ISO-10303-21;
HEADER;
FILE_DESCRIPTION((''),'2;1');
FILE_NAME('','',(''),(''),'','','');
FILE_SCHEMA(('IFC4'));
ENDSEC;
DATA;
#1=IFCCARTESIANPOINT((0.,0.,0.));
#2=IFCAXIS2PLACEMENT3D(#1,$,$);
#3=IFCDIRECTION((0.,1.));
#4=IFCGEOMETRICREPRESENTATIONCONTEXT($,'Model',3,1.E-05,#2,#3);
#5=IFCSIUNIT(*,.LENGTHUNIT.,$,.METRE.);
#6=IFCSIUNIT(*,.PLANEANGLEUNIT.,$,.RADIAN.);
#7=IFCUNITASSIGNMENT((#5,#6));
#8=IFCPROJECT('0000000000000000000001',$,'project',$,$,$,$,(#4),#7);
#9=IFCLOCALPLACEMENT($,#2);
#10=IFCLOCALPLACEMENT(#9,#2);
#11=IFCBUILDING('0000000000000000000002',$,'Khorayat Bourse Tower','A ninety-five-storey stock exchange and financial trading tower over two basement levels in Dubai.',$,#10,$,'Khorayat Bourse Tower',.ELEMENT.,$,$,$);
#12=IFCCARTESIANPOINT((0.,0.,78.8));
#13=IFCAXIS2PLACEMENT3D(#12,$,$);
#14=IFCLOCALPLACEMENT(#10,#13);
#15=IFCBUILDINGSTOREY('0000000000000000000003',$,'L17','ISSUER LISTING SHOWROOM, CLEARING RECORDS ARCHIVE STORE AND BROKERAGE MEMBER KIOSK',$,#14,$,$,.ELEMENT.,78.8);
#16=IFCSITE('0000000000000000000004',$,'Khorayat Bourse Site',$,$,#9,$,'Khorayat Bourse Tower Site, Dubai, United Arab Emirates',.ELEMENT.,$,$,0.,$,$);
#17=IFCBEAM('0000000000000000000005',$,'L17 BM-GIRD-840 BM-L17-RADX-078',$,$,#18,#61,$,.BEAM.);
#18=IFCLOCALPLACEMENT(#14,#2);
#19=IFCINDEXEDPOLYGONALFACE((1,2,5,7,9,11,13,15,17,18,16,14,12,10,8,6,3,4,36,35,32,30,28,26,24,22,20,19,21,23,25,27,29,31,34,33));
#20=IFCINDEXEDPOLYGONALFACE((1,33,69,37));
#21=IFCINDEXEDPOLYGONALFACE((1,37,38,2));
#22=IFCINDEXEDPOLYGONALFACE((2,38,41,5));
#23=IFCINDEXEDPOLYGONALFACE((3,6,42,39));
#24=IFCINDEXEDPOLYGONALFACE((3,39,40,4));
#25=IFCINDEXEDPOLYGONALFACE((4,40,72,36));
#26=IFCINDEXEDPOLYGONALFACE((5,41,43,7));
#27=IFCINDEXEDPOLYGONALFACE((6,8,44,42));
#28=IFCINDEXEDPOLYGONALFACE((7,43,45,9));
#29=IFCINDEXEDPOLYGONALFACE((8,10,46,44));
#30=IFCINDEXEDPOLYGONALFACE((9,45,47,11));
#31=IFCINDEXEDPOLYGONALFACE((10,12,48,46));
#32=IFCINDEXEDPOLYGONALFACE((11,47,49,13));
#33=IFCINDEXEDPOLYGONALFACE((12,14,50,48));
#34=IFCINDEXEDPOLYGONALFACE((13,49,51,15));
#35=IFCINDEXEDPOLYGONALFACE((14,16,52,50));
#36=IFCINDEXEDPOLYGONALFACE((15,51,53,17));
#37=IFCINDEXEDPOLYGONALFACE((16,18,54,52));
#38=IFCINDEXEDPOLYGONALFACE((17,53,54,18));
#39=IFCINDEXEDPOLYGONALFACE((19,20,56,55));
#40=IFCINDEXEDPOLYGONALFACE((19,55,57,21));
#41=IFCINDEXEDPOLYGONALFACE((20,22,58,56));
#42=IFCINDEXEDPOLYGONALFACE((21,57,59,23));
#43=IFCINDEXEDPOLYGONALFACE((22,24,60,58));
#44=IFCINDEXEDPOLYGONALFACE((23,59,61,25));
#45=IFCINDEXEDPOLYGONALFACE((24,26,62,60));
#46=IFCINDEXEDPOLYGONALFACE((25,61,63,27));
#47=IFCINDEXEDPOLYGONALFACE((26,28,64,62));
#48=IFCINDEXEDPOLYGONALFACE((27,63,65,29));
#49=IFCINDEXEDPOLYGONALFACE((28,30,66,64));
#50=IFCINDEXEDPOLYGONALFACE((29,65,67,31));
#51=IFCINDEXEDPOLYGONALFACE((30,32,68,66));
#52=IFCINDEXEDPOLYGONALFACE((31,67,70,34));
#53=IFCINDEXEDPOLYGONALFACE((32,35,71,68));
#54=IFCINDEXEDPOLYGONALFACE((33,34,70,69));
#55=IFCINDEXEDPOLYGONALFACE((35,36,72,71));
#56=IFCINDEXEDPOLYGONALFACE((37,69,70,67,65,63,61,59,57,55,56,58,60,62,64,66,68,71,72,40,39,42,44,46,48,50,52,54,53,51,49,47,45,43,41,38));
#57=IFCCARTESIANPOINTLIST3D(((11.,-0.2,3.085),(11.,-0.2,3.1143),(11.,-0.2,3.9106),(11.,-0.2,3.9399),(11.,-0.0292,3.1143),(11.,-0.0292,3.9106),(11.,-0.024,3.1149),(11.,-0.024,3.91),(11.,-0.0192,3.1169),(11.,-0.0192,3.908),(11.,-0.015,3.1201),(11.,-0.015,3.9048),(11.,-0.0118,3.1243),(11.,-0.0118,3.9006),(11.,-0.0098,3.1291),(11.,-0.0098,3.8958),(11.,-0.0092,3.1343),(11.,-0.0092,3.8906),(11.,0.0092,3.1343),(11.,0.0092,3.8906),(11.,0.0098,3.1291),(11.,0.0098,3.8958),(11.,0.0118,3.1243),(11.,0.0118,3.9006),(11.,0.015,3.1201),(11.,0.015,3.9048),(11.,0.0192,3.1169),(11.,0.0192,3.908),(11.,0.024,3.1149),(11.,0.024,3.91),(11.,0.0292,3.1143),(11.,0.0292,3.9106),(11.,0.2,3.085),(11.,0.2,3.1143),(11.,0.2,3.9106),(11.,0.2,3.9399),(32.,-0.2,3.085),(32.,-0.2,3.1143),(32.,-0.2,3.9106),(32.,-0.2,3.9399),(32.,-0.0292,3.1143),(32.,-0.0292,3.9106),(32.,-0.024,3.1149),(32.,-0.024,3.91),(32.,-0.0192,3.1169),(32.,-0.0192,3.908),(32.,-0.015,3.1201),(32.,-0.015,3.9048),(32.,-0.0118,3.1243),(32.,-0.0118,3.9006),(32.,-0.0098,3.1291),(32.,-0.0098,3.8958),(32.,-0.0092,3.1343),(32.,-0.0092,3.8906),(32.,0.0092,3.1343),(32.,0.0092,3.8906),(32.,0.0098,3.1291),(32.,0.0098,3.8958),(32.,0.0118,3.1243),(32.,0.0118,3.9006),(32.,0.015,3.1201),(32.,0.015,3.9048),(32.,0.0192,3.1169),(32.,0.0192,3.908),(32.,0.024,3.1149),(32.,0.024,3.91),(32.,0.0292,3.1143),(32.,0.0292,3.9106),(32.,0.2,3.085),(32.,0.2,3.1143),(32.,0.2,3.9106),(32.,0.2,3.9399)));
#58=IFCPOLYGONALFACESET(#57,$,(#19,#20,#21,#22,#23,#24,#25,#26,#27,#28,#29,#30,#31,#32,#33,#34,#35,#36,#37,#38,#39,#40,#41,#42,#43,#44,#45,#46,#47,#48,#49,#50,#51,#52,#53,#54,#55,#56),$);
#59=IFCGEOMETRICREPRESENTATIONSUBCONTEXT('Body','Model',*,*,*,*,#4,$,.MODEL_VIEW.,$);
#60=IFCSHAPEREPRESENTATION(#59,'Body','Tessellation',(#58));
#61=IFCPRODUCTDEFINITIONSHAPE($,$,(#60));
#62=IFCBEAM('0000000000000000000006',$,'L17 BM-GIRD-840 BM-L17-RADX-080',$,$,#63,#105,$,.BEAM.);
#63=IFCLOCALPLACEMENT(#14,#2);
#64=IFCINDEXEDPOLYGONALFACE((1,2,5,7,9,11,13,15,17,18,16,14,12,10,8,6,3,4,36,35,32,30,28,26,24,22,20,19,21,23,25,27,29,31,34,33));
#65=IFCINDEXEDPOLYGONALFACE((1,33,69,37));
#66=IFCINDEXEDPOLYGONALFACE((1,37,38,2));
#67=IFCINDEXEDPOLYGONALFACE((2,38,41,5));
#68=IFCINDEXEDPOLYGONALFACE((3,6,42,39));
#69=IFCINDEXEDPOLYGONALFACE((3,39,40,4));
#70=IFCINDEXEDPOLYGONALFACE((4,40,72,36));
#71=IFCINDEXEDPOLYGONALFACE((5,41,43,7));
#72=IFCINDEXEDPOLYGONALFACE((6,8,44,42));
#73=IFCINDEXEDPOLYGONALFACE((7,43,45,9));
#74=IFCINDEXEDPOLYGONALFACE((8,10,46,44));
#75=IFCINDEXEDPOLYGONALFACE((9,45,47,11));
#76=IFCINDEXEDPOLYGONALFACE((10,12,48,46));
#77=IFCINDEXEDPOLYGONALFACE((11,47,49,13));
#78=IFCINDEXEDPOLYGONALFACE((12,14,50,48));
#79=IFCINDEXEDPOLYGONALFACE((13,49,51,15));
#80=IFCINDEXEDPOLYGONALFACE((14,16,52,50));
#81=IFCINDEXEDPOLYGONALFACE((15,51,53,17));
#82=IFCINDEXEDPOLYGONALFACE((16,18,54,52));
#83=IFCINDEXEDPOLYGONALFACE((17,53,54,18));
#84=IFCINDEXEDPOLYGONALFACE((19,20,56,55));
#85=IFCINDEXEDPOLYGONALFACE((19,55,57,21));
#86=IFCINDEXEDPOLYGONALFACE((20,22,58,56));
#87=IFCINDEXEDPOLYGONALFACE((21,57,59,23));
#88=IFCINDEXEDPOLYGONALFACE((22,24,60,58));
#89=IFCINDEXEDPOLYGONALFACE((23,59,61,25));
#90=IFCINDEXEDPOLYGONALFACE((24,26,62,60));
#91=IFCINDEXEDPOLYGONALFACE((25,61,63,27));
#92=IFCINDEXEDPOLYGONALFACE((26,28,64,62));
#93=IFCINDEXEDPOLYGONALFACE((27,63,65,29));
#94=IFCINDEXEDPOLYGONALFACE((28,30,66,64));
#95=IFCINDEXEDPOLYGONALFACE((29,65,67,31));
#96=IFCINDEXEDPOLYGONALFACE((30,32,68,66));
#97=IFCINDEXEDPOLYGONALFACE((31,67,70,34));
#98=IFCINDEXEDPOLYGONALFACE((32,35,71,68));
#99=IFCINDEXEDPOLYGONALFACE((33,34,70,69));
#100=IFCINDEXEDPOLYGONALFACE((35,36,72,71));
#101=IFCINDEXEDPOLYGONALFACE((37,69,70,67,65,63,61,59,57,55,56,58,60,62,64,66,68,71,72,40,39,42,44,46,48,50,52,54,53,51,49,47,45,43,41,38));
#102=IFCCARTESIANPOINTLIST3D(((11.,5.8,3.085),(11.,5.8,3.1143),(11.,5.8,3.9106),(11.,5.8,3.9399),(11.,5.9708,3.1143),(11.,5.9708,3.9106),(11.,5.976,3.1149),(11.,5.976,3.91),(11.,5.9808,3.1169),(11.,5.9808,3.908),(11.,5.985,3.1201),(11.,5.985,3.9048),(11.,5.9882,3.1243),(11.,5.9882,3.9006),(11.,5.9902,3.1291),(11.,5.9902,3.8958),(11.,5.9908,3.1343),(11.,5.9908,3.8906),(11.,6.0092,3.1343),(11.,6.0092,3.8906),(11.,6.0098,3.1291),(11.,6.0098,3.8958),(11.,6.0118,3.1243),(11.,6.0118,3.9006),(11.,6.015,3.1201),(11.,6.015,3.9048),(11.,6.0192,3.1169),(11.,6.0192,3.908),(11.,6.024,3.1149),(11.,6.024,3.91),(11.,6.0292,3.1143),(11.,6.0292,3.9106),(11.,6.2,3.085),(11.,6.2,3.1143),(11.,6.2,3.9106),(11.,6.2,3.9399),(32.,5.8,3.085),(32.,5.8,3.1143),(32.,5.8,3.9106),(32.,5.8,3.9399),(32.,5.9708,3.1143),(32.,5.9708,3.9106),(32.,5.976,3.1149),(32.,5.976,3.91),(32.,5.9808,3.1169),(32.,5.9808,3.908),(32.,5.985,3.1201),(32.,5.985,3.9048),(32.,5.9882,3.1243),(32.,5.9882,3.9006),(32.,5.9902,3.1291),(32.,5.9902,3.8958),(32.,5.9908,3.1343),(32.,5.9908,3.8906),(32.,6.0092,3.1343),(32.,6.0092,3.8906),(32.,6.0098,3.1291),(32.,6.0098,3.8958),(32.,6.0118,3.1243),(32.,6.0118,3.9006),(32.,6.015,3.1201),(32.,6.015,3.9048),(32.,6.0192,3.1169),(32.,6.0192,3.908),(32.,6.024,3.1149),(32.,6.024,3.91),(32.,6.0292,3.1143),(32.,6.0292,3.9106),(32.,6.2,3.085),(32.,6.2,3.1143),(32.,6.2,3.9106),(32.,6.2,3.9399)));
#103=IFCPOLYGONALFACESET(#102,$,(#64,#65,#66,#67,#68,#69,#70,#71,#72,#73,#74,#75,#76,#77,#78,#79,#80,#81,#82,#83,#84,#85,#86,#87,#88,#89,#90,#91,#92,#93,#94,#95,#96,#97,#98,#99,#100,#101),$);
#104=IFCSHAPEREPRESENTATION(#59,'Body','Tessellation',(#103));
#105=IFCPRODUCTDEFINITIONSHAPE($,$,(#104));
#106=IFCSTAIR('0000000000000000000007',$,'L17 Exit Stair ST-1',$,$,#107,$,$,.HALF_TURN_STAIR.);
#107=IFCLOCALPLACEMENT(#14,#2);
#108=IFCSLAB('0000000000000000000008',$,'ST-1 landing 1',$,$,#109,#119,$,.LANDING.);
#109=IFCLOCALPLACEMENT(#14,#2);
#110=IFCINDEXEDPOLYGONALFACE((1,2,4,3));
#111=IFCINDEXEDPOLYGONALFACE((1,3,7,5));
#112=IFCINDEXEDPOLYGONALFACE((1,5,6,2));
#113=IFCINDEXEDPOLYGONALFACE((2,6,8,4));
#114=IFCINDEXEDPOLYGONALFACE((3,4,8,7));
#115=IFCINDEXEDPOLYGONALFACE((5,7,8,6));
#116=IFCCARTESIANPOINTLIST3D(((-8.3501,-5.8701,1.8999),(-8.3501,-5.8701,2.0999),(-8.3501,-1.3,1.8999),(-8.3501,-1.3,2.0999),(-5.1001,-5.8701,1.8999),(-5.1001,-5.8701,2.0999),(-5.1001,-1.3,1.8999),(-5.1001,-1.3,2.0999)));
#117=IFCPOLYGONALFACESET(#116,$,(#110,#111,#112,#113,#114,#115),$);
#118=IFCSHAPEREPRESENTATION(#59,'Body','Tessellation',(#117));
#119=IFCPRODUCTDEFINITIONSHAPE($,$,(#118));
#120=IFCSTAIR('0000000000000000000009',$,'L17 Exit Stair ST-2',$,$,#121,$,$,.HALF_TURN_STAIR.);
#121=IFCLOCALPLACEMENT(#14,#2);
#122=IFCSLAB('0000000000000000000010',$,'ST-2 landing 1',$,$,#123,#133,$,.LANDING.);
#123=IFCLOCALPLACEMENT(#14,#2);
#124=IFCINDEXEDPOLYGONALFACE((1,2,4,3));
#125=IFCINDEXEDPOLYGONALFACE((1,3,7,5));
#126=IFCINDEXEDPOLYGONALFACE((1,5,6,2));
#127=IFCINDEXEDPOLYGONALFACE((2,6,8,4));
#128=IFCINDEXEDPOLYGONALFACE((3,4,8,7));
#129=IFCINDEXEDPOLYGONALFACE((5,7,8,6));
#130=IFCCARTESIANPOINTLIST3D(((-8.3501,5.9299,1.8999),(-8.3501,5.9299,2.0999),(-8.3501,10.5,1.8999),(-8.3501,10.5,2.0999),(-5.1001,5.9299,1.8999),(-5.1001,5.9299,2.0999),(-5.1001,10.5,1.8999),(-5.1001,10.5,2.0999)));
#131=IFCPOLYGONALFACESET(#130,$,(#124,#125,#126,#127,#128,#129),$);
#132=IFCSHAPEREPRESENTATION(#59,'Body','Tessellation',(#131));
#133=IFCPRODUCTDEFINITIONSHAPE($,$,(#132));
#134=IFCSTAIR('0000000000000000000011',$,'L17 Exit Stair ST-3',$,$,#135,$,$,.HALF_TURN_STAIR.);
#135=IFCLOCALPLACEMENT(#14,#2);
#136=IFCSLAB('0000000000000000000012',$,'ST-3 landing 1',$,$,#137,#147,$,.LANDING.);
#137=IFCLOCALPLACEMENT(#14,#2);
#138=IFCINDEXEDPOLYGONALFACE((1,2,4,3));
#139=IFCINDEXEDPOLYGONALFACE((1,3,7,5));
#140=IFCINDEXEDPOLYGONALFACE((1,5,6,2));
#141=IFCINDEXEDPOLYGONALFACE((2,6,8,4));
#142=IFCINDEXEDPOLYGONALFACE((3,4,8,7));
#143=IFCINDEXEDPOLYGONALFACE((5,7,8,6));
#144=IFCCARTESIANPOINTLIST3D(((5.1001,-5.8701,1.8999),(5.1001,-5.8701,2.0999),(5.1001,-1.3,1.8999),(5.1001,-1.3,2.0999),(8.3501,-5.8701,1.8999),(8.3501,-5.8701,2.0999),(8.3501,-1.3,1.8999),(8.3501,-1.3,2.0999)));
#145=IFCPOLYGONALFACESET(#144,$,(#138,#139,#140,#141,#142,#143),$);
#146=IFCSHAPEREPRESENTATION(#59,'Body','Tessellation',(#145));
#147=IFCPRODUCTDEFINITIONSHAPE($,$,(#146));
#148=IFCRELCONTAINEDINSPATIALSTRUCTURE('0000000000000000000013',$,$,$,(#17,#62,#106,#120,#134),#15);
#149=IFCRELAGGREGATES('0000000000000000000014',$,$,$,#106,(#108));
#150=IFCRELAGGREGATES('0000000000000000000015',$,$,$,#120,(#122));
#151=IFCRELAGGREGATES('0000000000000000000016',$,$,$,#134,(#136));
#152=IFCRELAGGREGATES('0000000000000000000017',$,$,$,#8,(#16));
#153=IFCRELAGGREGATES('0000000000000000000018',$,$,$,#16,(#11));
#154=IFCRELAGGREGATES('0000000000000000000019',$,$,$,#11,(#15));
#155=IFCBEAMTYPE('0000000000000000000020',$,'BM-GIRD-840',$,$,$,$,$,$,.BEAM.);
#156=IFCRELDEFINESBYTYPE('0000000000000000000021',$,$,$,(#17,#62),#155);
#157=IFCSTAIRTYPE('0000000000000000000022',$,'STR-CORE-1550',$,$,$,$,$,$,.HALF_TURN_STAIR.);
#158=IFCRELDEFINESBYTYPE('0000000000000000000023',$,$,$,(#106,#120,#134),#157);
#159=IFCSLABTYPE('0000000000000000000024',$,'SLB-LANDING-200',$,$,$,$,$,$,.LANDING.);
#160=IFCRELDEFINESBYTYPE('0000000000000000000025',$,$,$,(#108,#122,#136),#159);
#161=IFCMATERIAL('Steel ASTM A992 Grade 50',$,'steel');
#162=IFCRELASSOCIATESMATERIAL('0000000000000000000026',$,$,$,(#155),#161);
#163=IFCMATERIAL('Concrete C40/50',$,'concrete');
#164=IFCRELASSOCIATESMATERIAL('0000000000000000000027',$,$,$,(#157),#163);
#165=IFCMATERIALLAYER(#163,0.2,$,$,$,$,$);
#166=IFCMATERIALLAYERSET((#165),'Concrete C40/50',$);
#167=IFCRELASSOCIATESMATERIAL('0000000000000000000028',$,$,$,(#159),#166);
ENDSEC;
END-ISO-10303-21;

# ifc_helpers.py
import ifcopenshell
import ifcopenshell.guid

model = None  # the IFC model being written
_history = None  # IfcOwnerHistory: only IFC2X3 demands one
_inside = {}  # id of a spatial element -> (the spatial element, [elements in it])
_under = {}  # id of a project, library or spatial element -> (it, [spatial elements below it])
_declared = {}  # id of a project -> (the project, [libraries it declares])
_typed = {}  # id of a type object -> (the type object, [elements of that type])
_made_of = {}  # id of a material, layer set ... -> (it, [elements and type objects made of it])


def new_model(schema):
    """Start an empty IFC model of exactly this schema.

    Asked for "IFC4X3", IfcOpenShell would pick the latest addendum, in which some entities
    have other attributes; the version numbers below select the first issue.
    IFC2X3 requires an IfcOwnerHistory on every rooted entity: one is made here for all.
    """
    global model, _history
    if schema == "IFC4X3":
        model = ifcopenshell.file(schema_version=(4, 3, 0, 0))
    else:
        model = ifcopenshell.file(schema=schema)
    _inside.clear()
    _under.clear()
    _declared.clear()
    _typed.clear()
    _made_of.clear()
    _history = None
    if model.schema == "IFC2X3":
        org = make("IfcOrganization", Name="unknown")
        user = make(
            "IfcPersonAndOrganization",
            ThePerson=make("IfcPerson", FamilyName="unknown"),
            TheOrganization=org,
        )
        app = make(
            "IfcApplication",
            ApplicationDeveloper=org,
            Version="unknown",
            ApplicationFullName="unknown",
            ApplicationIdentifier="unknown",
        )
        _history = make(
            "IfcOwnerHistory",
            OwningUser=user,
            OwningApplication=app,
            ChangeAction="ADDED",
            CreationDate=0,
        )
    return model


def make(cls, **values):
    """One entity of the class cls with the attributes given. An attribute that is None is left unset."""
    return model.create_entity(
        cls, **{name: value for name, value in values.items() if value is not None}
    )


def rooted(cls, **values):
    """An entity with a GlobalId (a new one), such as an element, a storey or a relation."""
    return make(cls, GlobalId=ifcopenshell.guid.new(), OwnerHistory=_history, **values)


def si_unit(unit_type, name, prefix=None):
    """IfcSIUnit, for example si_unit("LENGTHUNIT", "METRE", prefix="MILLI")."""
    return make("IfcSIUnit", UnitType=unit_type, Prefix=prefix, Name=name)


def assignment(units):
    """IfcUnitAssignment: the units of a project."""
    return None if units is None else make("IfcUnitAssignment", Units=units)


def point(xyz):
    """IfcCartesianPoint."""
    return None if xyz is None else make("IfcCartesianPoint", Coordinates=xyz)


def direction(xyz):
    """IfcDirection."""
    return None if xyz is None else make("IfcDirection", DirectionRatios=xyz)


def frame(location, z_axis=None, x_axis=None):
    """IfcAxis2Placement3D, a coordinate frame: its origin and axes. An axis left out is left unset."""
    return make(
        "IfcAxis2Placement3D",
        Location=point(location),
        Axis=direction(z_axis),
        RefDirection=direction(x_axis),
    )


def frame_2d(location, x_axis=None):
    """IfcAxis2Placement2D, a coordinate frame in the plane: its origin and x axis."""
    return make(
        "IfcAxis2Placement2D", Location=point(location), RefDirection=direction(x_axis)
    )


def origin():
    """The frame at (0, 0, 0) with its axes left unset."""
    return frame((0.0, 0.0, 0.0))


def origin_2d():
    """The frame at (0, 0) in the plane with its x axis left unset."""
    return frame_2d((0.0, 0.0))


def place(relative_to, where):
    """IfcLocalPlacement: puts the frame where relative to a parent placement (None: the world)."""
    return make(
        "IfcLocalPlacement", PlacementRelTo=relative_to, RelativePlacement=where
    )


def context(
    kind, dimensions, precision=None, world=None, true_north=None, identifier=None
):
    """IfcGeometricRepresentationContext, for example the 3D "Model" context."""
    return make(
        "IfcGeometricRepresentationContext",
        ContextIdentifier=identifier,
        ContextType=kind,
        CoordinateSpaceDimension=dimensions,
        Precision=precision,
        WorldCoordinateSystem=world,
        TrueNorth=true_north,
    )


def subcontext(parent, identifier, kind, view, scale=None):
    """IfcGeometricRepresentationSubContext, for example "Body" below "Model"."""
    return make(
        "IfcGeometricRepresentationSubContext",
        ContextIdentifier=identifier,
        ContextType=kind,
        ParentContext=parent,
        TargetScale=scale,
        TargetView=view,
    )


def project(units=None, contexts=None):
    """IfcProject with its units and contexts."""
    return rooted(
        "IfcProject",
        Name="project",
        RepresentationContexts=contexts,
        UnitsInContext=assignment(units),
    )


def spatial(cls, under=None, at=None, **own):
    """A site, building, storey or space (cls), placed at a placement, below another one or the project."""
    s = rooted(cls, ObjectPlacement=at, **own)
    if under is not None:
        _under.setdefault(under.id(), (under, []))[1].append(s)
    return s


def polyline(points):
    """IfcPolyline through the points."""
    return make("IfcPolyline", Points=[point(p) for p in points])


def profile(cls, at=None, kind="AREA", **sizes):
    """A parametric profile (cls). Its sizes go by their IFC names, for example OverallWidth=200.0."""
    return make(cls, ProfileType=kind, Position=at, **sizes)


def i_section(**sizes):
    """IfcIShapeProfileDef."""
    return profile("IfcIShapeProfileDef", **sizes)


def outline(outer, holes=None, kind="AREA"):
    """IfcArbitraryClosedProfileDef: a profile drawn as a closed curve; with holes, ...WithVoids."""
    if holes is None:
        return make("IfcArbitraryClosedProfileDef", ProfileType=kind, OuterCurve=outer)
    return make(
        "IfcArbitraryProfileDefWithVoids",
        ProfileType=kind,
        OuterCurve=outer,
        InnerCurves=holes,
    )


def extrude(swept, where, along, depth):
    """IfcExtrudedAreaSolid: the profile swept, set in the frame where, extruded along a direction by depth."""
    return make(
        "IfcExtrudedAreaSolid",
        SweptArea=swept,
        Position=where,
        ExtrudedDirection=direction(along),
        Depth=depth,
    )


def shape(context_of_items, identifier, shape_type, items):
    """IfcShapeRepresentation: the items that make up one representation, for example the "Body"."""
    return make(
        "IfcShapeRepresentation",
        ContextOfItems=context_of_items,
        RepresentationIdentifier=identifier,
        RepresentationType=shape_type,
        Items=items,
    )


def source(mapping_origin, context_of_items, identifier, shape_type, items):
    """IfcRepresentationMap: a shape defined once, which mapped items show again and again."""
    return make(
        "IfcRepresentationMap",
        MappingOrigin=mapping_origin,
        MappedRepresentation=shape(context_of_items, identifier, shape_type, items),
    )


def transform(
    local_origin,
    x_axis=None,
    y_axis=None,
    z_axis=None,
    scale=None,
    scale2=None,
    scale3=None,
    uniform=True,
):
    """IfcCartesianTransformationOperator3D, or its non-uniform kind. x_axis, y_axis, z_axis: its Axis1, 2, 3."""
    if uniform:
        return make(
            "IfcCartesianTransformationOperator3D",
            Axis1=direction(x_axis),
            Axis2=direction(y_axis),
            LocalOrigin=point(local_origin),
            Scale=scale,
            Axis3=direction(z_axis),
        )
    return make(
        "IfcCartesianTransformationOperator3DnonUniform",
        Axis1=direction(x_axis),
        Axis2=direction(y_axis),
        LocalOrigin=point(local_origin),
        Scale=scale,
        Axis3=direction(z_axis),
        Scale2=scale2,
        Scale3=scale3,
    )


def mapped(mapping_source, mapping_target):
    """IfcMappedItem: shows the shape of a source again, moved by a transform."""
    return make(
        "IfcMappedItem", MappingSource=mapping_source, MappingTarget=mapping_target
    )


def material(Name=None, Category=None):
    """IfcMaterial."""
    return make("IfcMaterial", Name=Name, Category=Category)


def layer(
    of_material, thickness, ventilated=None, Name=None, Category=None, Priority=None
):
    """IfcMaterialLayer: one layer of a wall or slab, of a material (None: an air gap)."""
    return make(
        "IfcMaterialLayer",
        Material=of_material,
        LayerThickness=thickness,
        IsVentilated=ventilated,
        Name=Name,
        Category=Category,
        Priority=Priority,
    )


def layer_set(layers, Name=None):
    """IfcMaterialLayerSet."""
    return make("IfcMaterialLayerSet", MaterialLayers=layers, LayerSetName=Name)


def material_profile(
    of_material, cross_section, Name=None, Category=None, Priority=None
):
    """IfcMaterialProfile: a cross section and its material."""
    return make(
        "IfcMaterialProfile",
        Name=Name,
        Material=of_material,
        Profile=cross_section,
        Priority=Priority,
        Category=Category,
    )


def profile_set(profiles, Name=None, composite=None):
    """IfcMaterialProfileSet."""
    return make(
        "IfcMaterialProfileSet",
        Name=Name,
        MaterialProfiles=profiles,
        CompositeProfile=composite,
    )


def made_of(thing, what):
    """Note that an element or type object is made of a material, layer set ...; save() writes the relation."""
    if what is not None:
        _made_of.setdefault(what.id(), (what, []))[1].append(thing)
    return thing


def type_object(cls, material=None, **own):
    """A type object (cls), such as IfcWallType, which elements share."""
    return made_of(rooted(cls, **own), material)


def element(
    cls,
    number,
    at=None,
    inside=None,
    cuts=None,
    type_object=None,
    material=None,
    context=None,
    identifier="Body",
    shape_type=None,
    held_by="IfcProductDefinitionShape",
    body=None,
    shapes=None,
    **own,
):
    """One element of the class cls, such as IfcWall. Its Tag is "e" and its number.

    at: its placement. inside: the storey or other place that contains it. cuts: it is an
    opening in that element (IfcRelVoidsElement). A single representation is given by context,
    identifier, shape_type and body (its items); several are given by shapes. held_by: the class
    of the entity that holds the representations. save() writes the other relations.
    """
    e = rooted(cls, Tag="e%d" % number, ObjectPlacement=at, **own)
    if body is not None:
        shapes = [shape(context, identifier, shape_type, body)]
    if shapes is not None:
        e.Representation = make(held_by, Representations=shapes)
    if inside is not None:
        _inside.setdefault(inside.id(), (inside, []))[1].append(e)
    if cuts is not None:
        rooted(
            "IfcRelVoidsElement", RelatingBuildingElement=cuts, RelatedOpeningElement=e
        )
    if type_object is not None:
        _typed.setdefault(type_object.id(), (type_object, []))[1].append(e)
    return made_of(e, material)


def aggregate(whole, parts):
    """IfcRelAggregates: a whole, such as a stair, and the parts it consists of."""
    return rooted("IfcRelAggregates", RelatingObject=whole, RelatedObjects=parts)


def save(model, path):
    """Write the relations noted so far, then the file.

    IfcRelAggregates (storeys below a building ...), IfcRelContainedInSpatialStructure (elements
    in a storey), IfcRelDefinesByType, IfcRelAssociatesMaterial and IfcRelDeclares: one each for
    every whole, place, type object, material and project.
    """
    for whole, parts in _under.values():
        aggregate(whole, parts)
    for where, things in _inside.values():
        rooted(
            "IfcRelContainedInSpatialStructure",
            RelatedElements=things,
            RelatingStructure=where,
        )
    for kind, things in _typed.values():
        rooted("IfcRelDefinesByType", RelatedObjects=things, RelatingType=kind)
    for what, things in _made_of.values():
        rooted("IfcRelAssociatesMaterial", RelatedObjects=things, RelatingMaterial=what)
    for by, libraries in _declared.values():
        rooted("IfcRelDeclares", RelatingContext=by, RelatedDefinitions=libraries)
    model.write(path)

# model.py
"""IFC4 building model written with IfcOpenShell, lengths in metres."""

from ifc_helpers import new_model, si_unit, direction, frame, origin, origin_2d, place, context, subcontext, project, spatial, polyline, i_section, outline, extrude, source, transform, mapped, material, layer, layer_set, material_profile, profile_set, type_object, element, aggregate, save


model = new_model("IFC4")

# Units and contexts
model_context = context("Model", 3, precision=1e-05, world=origin(), true_north=direction((0.0, 1.0)))
body_context = subcontext(model_context, "Body", "Model", "MODEL_VIEW")
ifc_project = project(units=[si_unit("LENGTHUNIT", "METRE"), si_unit("PLANEANGLEUNIT", "RADIAN")], contexts=[model_context])

# Site, building, storey
site_placement = place(None, origin())
site = spatial("IfcSite", under=ifc_project, at=site_placement, Name="Khorayat Bourse Site", LongName="Khorayat Bourse Tower Site, Dubai, United Arab Emirates", CompositionType="ELEMENT", RefElevation=0.0)
building_placement = place(site_placement, origin())
building = spatial("IfcBuilding", under=site, at=building_placement, Name="Khorayat Bourse Tower", Description="A ninety-five-storey stock exchange and financial trading tower over two basement levels in Dubai.", LongName="Khorayat Bourse Tower", CompositionType="ELEMENT")
storey_placement = place(building_placement, frame((0.0, 0.0, 78.8)))
storey = spatial("IfcBuildingStorey", under=building, at=storey_placement, Name="L17", Description="ISSUER LISTING SHOWROOM, CLEARING RECORDS ARCHIVE STORE AND BROKERAGE MEMBER KIOSK", CompositionType="ELEMENT", Elevation=78.8)

# Beams
ifc_material_1 = material(Name="Steel ASTM A992 Grade 50", Category="steel")
ifc_material_profile_1 = material_profile(ifc_material_1, i_section(OverallWidth=0.3999, OverallDepth=0.855, WebThickness=0.0183, FlangeThickness=0.0293, FilletRadius=0.02, at=origin_2d()), Name="W840X299")
ifc_profile_set_1 = profile_set([ifc_material_profile_1], Name="Steel ASTM A992 Grade 50")
beam_type_1 = type_object("IfcBeamType", Name="BM-GIRD-840", PredefinedType="BEAM", material=ifc_profile_set_1)
shared_shape_1 = source(origin(), body_context, "Body", "SweptSolid", [
    extrude(i_section(OverallWidth=0.3999, OverallDepth=0.855, WebThickness=0.0183, FlangeThickness=0.0293, FilletRadius=0.02, at=origin_2d()), origin(), (0.0, 0.0, 1.0), 21.0),
])
for number, where, z_axis, x_axis, name in (
    (1, (11.0, 0.0, 3.5125), (1.0, 0.0, 0.0), (0.0, 1.0, 0.0), "L17 BM-GIRD-840 BM-L17-RADX-078"),
    (2, (11.0, 6.0, 3.5125), (1.0, 0.0, 0.0), (0.0, 1.0, 0.0), "L17 BM-GIRD-840 BM-L17-RADX-080"),
):
    element("IfcBeam", number, at=place(storey_placement, frame(where, z_axis=z_axis, x_axis=x_axis)), inside=storey, type_object=beam_type_1, Name=name, PredefinedType="BEAM", context=body_context, shape_type="MappedRepresentation", body=[
        mapped(shared_shape_1, transform((0.0, 0.0, 0.0), scale=1.0)),
    ])

# Stairs, slabs
ifc_material_2 = material(Name="Concrete C40/50", Category="concrete")
stair_type = type_object("IfcStairType", Name="STR-CORE-1550", PredefinedType="HALF_TURN_STAIR", material=ifc_material_2)
stair_1_placement = place(storey_placement, origin())
stair_1 = element("IfcStair", 3, at=stair_1_placement, inside=storey, type_object=stair_type, Name="L17 Exit Stair ST-1", PredefinedType="HALF_TURN_STAIR")
ifc_layer_1 = layer(ifc_material_2, 0.2)
ifc_layer_set_1 = layer_set([ifc_layer_1], Name="Concrete C40/50")
slab_type_1 = type_object("IfcSlabType", Name="SLB-LANDING-200", PredefinedType="LANDING", material=ifc_layer_set_1)
slab_1_placement = place(storey_placement, frame((0.0, 0.0, 1.8999)))
slab_1 = element("IfcSlab", 4, at=slab_1_placement, type_object=slab_type_1, Name="ST-1 landing 1", PredefinedType="LANDING", context=body_context, shape_type="SweptSolid", body=[
    extrude(outline(polyline([(-5.1001, -5.8701), (-5.1001, -1.3), (-8.3501, -1.3), (-8.3501, -5.8701), (-5.1001, -5.8701)])), origin(), (0.0, 0.0, 1.0), 0.2),
])
aggregate(stair_1, [slab_1])
stair_2_placement = place(storey_placement, origin())
stair_2 = element("IfcStair", 5, at=stair_2_placement, inside=storey, type_object=stair_type, Name="L17 Exit Stair ST-2", PredefinedType="HALF_TURN_STAIR")
slab_2_placement = place(storey_placement, frame((0.0, 0.0, 1.8999)))
slab_2 = element("IfcSlab", 6, at=slab_2_placement, type_object=slab_type_1, Name="ST-2 landing 1", PredefinedType="LANDING", context=body_context, shape_type="SweptSolid", body=[
    extrude(outline(polyline([(-5.1001, 5.9299), (-5.1001, 10.5), (-8.3501, 10.5), (-8.3501, 5.9299), (-5.1001, 5.9299)])), origin(), (0.0, 0.0, 1.0), 0.2),
])
aggregate(stair_2, [slab_2])
stair_3_placement = place(storey_placement, origin())
stair_3 = element("IfcStair", 7, at=stair_3_placement, inside=storey, type_object=stair_type, Name="L17 Exit Stair ST-3", PredefinedType="HALF_TURN_STAIR")
slab_3_placement = place(storey_placement, frame((0.0, 0.0, 1.8999)))
slab_3 = element("IfcSlab", 8, at=slab_3_placement, type_object=slab_type_1, Name="ST-3 landing 1", PredefinedType="LANDING", context=body_context, shape_type="SweptSolid", body=[
    extrude(outline(polyline([(8.3501, -5.8701), (8.3501, -1.3), (5.1001, -1.3), (5.1001, -5.8701), (8.3501, -5.8701)])), origin(), (0.0, 0.0, 1.0), 0.2),
])
aggregate(stair_3, [slab_3])

save(model, "model.ifc")
